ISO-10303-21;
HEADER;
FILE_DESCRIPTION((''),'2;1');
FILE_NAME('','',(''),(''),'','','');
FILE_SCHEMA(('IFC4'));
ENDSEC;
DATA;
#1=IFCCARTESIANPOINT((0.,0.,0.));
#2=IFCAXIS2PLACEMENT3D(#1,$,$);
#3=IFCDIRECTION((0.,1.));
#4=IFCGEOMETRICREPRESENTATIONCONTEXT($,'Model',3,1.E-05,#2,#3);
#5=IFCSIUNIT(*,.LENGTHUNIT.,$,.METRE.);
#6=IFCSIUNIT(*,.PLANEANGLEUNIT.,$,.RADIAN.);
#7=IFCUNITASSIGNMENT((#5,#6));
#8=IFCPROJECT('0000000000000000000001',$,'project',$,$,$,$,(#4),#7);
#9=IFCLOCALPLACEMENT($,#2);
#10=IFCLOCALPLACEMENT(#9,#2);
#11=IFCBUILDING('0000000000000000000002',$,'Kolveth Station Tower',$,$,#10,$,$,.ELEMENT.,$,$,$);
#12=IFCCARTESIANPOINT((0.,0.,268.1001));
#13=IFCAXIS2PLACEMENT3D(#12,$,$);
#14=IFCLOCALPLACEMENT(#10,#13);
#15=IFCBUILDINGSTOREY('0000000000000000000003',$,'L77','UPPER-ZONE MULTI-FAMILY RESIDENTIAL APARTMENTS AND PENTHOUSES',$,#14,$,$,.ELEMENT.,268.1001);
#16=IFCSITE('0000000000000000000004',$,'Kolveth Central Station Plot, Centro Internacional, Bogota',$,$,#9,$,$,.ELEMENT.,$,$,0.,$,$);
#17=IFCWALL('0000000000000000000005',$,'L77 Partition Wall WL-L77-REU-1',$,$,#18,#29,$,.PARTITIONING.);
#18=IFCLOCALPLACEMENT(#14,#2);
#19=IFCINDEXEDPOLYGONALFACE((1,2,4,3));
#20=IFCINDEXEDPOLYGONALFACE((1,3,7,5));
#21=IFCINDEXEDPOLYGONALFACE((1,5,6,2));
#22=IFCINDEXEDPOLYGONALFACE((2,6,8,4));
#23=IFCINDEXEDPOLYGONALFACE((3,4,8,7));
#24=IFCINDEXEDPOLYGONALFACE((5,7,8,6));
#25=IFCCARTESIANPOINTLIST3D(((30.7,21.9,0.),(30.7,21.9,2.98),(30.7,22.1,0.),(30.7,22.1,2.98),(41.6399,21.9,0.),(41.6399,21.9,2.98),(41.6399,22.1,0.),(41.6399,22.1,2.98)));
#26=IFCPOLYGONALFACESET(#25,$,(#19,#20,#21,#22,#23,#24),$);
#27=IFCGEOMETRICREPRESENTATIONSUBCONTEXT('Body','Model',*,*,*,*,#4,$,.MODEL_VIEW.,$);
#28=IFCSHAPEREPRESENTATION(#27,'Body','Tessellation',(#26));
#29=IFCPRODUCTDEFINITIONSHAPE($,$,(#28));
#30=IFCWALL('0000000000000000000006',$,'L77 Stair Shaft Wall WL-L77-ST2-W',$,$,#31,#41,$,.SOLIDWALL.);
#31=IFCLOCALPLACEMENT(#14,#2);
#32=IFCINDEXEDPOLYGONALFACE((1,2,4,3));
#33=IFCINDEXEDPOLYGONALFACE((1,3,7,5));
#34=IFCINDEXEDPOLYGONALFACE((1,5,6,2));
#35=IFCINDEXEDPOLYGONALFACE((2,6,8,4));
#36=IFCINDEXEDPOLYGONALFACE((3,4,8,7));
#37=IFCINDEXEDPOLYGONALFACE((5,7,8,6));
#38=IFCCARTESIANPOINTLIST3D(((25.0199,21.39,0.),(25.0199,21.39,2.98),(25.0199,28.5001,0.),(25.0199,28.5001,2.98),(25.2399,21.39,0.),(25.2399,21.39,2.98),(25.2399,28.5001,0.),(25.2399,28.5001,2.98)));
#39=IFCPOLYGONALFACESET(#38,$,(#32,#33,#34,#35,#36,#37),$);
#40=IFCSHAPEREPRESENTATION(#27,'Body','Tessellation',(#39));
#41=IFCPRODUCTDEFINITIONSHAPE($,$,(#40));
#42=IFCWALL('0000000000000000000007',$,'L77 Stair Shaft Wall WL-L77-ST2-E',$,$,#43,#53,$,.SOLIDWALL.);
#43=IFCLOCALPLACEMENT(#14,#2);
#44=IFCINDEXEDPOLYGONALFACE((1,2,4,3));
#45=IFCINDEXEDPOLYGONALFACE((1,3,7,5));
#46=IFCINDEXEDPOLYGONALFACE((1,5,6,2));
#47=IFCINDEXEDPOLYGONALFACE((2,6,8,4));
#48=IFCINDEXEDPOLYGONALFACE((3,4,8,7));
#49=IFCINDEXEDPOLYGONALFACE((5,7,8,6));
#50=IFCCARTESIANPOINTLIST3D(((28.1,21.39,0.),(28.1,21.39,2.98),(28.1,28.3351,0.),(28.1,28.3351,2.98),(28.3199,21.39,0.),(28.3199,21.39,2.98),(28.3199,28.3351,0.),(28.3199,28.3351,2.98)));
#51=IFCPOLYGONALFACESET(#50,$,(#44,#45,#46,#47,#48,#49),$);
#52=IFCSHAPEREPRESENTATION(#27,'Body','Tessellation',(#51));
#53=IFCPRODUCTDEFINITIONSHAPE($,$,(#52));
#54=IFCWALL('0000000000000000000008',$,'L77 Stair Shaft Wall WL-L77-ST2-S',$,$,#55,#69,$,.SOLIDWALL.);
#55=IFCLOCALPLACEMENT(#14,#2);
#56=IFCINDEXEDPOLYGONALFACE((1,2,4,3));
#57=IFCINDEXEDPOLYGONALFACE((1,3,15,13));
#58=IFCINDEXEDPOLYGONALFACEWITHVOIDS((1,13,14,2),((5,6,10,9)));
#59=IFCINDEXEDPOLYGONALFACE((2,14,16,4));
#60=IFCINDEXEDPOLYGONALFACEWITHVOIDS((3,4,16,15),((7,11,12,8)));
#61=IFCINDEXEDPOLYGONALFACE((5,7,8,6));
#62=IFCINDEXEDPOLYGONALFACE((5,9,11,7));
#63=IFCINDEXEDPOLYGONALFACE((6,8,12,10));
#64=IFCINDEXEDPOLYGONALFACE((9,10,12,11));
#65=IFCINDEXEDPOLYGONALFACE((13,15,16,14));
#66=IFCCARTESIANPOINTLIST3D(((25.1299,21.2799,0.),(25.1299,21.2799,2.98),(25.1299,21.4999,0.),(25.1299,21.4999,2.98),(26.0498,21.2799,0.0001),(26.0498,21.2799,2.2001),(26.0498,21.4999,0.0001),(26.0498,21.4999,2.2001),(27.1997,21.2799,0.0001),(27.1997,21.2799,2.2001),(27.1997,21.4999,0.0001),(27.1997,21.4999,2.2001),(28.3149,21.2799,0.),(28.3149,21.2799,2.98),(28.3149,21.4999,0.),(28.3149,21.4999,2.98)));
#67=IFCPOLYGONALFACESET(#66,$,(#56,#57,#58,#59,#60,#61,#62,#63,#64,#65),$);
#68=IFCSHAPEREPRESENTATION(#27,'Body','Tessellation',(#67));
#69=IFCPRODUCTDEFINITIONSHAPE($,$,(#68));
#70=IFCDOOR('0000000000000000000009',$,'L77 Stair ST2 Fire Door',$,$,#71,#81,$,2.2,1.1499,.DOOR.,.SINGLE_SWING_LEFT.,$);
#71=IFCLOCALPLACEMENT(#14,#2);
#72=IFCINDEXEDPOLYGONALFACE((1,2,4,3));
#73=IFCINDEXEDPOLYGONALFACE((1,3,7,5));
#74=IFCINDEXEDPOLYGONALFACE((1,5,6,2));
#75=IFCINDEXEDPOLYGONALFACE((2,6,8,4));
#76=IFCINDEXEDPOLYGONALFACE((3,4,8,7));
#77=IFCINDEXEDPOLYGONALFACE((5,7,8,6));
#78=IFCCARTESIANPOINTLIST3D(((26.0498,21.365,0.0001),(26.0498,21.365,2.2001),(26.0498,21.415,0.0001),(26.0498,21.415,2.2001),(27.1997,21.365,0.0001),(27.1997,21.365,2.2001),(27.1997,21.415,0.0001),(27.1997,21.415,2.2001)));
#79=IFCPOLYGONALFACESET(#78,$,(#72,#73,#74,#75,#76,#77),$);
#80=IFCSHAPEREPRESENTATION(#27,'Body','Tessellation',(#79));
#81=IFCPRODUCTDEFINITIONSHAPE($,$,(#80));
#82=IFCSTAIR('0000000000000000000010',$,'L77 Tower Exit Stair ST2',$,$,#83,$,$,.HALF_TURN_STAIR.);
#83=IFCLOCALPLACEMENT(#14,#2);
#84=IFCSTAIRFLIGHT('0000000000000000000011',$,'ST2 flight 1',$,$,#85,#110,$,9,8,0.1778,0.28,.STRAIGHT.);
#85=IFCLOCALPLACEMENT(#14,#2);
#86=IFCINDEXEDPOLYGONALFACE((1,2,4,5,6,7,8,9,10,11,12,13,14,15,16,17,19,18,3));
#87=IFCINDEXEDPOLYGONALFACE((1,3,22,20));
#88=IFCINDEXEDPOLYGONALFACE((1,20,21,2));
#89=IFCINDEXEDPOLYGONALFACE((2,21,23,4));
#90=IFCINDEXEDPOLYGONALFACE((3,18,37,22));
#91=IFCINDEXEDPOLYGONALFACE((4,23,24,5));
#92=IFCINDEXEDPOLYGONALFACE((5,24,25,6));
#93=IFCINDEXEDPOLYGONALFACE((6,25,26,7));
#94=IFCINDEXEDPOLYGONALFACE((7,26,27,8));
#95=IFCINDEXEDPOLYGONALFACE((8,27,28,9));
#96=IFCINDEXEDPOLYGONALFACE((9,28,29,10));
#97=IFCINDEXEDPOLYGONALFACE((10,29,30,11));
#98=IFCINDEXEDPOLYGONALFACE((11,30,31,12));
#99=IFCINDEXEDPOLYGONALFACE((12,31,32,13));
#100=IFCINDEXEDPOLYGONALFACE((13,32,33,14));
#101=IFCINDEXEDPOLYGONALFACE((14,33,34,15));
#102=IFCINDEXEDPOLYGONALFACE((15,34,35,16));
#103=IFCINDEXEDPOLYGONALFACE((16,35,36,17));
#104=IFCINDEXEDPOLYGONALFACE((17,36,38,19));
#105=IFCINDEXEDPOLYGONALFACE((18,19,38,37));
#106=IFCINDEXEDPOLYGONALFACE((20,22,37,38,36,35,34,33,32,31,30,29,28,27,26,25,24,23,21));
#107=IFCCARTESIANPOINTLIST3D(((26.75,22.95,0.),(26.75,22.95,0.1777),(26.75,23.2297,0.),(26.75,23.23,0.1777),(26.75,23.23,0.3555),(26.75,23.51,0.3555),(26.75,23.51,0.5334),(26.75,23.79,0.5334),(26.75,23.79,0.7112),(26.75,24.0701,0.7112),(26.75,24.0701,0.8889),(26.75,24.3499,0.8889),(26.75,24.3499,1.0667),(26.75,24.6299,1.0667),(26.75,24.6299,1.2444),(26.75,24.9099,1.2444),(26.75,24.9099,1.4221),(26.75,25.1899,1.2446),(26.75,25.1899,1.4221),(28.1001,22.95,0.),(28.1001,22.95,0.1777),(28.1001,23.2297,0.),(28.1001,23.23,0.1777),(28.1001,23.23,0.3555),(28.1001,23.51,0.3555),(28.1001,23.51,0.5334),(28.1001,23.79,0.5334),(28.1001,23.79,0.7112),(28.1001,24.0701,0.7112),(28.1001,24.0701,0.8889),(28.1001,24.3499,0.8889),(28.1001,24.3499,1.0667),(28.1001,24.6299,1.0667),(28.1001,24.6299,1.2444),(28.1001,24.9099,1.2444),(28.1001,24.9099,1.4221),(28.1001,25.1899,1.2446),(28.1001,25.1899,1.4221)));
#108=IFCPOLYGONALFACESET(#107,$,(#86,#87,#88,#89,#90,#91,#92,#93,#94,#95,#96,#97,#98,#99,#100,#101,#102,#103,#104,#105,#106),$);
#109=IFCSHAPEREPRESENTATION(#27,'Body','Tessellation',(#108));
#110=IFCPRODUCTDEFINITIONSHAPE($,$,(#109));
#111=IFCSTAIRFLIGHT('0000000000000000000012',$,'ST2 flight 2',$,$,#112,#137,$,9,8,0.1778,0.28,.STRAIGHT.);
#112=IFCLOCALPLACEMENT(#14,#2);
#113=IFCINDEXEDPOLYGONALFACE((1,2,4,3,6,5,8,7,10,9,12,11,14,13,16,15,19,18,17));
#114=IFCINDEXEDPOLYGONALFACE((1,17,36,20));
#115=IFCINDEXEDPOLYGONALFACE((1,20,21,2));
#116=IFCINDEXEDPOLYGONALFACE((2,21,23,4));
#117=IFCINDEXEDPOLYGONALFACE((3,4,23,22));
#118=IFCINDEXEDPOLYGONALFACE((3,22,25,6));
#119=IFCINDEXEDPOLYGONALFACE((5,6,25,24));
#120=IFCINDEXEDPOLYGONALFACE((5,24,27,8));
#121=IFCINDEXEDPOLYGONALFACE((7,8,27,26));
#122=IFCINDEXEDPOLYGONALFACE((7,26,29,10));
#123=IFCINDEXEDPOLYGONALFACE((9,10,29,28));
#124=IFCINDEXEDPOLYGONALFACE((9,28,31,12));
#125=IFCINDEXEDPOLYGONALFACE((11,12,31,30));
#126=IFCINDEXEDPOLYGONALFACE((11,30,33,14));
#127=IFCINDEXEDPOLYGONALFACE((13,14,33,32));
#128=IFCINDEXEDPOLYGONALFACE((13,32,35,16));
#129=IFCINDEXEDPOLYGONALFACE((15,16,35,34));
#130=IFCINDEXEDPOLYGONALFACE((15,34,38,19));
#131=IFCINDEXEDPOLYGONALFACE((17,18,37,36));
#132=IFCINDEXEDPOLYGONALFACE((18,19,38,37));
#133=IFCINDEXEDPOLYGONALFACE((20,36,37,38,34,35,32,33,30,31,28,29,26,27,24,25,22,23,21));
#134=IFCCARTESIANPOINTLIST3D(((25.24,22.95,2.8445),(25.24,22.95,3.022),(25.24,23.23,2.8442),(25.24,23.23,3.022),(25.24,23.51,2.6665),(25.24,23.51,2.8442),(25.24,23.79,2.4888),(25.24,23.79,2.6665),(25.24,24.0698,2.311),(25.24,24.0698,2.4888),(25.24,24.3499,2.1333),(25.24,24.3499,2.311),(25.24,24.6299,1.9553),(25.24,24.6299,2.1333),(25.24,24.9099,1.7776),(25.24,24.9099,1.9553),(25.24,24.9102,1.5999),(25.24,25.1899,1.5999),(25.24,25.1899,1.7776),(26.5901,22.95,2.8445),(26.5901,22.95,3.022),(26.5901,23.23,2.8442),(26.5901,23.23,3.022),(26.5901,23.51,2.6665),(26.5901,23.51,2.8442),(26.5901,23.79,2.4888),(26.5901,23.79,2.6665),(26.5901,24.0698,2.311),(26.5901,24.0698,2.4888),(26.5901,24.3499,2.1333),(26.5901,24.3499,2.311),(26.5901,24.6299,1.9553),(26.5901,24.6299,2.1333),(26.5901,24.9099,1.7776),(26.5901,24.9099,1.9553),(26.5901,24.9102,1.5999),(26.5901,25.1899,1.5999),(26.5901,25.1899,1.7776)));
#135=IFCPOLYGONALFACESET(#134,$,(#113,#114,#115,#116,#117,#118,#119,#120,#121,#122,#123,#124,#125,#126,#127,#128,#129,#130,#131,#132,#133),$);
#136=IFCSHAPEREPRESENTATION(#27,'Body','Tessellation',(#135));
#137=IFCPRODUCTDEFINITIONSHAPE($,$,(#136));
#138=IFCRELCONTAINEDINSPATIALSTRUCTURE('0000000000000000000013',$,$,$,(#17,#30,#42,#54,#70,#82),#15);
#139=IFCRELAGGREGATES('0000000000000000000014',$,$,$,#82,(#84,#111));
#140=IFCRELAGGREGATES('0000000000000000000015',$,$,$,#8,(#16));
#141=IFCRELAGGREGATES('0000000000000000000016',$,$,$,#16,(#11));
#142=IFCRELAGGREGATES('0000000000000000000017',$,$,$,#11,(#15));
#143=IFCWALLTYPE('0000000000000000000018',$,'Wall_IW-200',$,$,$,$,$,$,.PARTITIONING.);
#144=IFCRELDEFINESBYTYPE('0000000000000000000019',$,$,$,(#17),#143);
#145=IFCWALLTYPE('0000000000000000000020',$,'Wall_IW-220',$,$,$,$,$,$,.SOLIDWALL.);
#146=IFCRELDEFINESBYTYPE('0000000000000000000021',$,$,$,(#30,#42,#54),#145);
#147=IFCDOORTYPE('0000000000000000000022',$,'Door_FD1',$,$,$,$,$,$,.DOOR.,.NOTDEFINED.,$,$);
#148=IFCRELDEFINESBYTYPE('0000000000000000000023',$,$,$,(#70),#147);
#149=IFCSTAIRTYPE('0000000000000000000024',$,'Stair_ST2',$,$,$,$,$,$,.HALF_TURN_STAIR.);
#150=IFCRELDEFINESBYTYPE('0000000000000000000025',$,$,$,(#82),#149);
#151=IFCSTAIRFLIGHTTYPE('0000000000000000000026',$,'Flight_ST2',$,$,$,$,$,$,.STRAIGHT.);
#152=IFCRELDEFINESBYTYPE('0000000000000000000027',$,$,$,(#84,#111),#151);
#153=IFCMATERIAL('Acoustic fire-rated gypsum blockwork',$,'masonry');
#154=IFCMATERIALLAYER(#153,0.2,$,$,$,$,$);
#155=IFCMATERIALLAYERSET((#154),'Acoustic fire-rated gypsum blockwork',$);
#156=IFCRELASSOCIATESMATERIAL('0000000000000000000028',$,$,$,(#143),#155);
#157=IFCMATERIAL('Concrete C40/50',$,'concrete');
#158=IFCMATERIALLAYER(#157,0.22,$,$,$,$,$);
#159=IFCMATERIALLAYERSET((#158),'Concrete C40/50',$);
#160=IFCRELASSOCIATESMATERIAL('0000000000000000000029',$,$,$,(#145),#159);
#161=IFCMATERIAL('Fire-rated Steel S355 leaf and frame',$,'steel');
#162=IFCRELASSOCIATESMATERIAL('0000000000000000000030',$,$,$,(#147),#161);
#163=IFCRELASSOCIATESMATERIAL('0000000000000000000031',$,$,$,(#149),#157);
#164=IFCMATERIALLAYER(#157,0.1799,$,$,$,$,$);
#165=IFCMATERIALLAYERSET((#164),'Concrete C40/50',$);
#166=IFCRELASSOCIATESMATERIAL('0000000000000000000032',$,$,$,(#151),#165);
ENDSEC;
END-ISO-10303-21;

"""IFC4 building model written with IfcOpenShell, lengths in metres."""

from ifc_helpers import new_model, si_unit, direction, frame, frame_2d, origin, place, context, subcontext, project, spatial, polyline, rectangle, outline, extrude, material, layer, layer_set, type_object, element, fill, aggregate, save


model = new_model("IFC4")

# Units and contexts
model_context = context("Model", 3, precision=1e-05, world=origin(), true_north=direction((0.0, 1.0)))
body_context = subcontext(model_context, "Body", "Model", "MODEL_VIEW")
ifc_project = project(units=[si_unit("LENGTHUNIT", "METRE"), si_unit("PLANEANGLEUNIT", "RADIAN")], contexts=[model_context])

# Site, building, storey
site_placement = place(None, origin())
site = spatial("IfcSite", under=ifc_project, at=site_placement, Name="Kolveth Central Station Plot, Centro Internacional, Bogota", CompositionType="ELEMENT", RefElevation=0.0)
building_placement = place(site_placement, origin())
building = spatial("IfcBuilding", under=site, at=building_placement, Name="Kolveth Station Tower", CompositionType="ELEMENT")
storey_placement = place(building_placement, frame((0.0, 0.0, 268.1001)))
storey = spatial("IfcBuildingStorey", under=building, at=storey_placement, Name="L77", Description="UPPER-ZONE MULTI-FAMILY RESIDENTIAL APARTMENTS AND PENTHOUSES", CompositionType="ELEMENT", Elevation=268.1001)

# Walls
ifc_material_1 = material(Name="Acoustic fire-rated gypsum blockwork", Category="masonry")
ifc_layer_1 = layer(ifc_material_1, 0.2)
ifc_layer_set_1 = layer_set([ifc_layer_1], Name="Acoustic fire-rated gypsum blockwork")
wall_type_1 = type_object("IfcWallType", Name="Wall_IW-200", PredefinedType="PARTITIONING", material=ifc_layer_set_1)
wall_1_placement = place(storey_placement, frame((30.7, 22.0, 0.0), z_axis=(0.0, 0.0, 1.0), x_axis=(1.0, 0.0, 0.0)))
element("IfcWall", 1, at=wall_1_placement, inside=storey, type_object=wall_type_1, Name="L77 Partition Wall WL-L77-REU-1", PredefinedType="PARTITIONING", context=body_context, shape_type="SweptSolid", body=[
    extrude(rectangle(XDim=10.9399, YDim=0.2, at=frame_2d((5.47, 0.0))), origin(), (0.0, 0.0, 1.0), 2.98),
])
ifc_material_2 = material(Name="Concrete C40/50", Category="concrete")
ifc_layer_2 = layer(ifc_material_2, 0.22)
ifc_layer_set_2 = layer_set([ifc_layer_2], Name="Concrete C40/50")
wall_type_2 = type_object("IfcWallType", Name="Wall_IW-220", PredefinedType="SOLIDWALL", material=ifc_layer_set_2)
wall_2_placement = place(storey_placement, frame((25.1299, 21.3899, 0.0), z_axis=(0.0, 0.0, 1.0), x_axis=(0.0, 1.0, 0.0)))
element("IfcWall", 2, at=wall_2_placement, inside=storey, type_object=wall_type_2, Name="L77 Stair Shaft Wall WL-L77-ST2-W", PredefinedType="SOLIDWALL", context=body_context, shape_type="SweptSolid", body=[
    extrude(rectangle(XDim=7.1101, YDim=0.22, at=frame_2d((3.5552, 0.0))), origin(), (0.0, 0.0, 1.0), 2.98),
])
wall_3_placement = place(storey_placement, frame((28.21, 21.3899, 0.0), z_axis=(0.0, 0.0, 1.0), x_axis=(0.0, 1.0, 0.0)))
element("IfcWall", 3, at=wall_3_placement, inside=storey, type_object=wall_type_2, Name="L77 Stair Shaft Wall WL-L77-ST2-E", PredefinedType="SOLIDWALL", context=body_context, shape_type="SweptSolid", body=[
    extrude(rectangle(XDim=6.9451, YDim=0.22, at=frame_2d((3.4727, 0.0))), origin(), (0.0, 0.0, 1.0), 2.98),
])

# Wall, opening, door
wall_4_placement = place(storey_placement, frame((25.1299, 21.3899, 0.0), z_axis=(0.0, 0.0, 1.0), x_axis=(1.0, 0.0, 0.0)))
wall_4 = element("IfcWall", 4, at=wall_4_placement, inside=storey, type_object=wall_type_2, Name="L77 Stair Shaft Wall WL-L77-ST2-S", PredefinedType="SOLIDWALL", context=body_context, shape_type="SweptSolid", body=[
    extrude(rectangle(XDim=3.1851, YDim=0.22, at=frame_2d((1.5925, 0.0))), origin(), (0.0, 0.0, 1.0), 2.98),
])
opening_placement = place(wall_4_placement, frame((0.9199, 0.0, 0.0)))
opening = element("IfcOpeningElement", 5, at=opening_placement, cuts=wall_4, PredefinedType="OPENING", context=body_context, shape_type="SweptSolid", body=[
    extrude(rectangle(XDim=1.1499, YDim=2.2, at=frame_2d((0.575, 1.1001))), frame((0.0, 0.1199, 0.0), z_axis=(0.0, -1.0, 0.0), x_axis=(1.0, 0.0, 0.0)), (0.0, 0.0, 1.0), 0.24),
])
ifc_material_3 = material(Name="Fire-rated Steel S355 leaf and frame", Category="steel")
door_type = type_object("IfcDoorType", Name="Door_FD1", OperationType="NOTDEFINED", PredefinedType="DOOR", material=ifc_material_3)
door_placement = place(opening_placement, frame((1.1499, 0.0, 0.0), z_axis=(0.0, 0.0, 1.0), x_axis=(-1.0, 0.0, 0.0)))
door = element("IfcDoor", 6, at=door_placement, inside=storey, type_object=door_type, Name="L77 Stair ST2 Fire Door", OperationType="SINGLE_SWING_LEFT", OverallHeight=2.2, OverallWidth=1.1499, PredefinedType="DOOR", context=body_context, shape_type="SweptSolid", body=[
    extrude(rectangle(XDim=1.1499, YDim=2.2, at=frame_2d((0.575, 1.1001))), frame((0.0, 0.0249, 0.0), z_axis=(0.0, -1.0, 0.0), x_axis=(1.0, 0.0, 0.0)), (0.0, 0.0, 1.0), 0.05),
])
fill(opening, door)

# Stair, stair flights
stair_type = type_object("IfcStairType", Name="Stair_ST2", PredefinedType="HALF_TURN_STAIR", material=ifc_material_2)
stair_placement = place(storey_placement, origin())
stair = element("IfcStair", 7, at=stair_placement, inside=storey, type_object=stair_type, Name="L77 Tower Exit Stair ST2", PredefinedType="HALF_TURN_STAIR")
ifc_layer_3 = layer(ifc_material_2, 0.1799)
ifc_layer_set_3 = layer_set([ifc_layer_3], Name="Concrete C40/50")
stair_flight_type = type_object("IfcStairFlightType", Name="Flight_ST2", PredefinedType="STRAIGHT", material=ifc_layer_set_3)
stair_flight_1_placement = place(storey_placement, frame((27.425, 22.95, 0.0), z_axis=(0.0, 0.0, 1.0), x_axis=(0.0, 1.0, 0.0)))
stair_flight_1 = element("IfcStairFlight", 8, at=stair_flight_1_placement, type_object=stair_flight_type, Name="ST2 flight 1", NumberOfRisers=9, NumberOfTreads=8, PredefinedType="STRAIGHT", RiserHeight=0.1778, TreadLength=0.28, context=body_context, shape_type="SweptSolid", body=[
    extrude(outline(polyline([(0.0, 0.0), (0.0, 0.1777), (0.28, 0.1777), (0.28, 0.3555), (0.5601, 0.3555), (0.5601, 0.5334), (0.8401, 0.5334), (0.8401, 0.7112), (1.1201, 0.7112), (1.1201, 0.8889), (1.3999, 0.8889), (1.3999, 1.0667), (1.6799, 1.0667), (1.6799, 1.2444), (1.96, 1.2444), (1.96, 1.4221), (2.24, 1.4221), (2.24, 1.6001), (2.24, 1.2446), (0.2798, 0.0), (0.0, 0.0)])), frame((0.0, 0.675, 0.0), z_axis=(0.0, -1.0, 0.0), x_axis=(1.0, 0.0, 0.0)), (0.0, 0.0, 1.0), 1.3501),
])
stair_flight_2_placement = place(storey_placement, frame((25.915, 25.1899, 1.5999), z_axis=(0.0, 0.0, 1.0), x_axis=(0.0, -1.0, 0.0)))
stair_flight_2 = element("IfcStairFlight", 9, at=stair_flight_2_placement, type_object=stair_flight_type, Name="ST2 flight 2", NumberOfRisers=9, NumberOfTreads=8, PredefinedType="STRAIGHT", RiserHeight=0.1778, TreadLength=0.28, context=body_context, shape_type="SweptSolid", body=[
    extrude(outline(polyline([(0.0, 0.0), (0.0, 0.1777), (0.28, 0.1777), (0.28, 0.3555), (0.5601, 0.3555), (0.5601, 0.5334), (0.8401, 0.5334), (0.8401, 0.7112), (1.1201, 0.7112), (1.1201, 0.8889), (1.3999, 0.8889), (1.3999, 1.0667), (1.6799, 1.0667), (1.6799, 1.2444), (1.96, 1.2444), (1.96, 1.4221), (2.24, 1.4221), (2.24, 1.6001), (2.24, 1.2446), (0.2798, 0.0), (0.0, 0.0)])), frame((0.0, 0.675, 0.0), z_axis=(0.0, -1.0, 0.0), x_axis=(1.0, 0.0, 0.0)), (0.0, 0.0, 1.0), 1.3501),
])
aggregate(stair, [stair_flight_1, stair_flight_2])

save(model, "model.ifc")
